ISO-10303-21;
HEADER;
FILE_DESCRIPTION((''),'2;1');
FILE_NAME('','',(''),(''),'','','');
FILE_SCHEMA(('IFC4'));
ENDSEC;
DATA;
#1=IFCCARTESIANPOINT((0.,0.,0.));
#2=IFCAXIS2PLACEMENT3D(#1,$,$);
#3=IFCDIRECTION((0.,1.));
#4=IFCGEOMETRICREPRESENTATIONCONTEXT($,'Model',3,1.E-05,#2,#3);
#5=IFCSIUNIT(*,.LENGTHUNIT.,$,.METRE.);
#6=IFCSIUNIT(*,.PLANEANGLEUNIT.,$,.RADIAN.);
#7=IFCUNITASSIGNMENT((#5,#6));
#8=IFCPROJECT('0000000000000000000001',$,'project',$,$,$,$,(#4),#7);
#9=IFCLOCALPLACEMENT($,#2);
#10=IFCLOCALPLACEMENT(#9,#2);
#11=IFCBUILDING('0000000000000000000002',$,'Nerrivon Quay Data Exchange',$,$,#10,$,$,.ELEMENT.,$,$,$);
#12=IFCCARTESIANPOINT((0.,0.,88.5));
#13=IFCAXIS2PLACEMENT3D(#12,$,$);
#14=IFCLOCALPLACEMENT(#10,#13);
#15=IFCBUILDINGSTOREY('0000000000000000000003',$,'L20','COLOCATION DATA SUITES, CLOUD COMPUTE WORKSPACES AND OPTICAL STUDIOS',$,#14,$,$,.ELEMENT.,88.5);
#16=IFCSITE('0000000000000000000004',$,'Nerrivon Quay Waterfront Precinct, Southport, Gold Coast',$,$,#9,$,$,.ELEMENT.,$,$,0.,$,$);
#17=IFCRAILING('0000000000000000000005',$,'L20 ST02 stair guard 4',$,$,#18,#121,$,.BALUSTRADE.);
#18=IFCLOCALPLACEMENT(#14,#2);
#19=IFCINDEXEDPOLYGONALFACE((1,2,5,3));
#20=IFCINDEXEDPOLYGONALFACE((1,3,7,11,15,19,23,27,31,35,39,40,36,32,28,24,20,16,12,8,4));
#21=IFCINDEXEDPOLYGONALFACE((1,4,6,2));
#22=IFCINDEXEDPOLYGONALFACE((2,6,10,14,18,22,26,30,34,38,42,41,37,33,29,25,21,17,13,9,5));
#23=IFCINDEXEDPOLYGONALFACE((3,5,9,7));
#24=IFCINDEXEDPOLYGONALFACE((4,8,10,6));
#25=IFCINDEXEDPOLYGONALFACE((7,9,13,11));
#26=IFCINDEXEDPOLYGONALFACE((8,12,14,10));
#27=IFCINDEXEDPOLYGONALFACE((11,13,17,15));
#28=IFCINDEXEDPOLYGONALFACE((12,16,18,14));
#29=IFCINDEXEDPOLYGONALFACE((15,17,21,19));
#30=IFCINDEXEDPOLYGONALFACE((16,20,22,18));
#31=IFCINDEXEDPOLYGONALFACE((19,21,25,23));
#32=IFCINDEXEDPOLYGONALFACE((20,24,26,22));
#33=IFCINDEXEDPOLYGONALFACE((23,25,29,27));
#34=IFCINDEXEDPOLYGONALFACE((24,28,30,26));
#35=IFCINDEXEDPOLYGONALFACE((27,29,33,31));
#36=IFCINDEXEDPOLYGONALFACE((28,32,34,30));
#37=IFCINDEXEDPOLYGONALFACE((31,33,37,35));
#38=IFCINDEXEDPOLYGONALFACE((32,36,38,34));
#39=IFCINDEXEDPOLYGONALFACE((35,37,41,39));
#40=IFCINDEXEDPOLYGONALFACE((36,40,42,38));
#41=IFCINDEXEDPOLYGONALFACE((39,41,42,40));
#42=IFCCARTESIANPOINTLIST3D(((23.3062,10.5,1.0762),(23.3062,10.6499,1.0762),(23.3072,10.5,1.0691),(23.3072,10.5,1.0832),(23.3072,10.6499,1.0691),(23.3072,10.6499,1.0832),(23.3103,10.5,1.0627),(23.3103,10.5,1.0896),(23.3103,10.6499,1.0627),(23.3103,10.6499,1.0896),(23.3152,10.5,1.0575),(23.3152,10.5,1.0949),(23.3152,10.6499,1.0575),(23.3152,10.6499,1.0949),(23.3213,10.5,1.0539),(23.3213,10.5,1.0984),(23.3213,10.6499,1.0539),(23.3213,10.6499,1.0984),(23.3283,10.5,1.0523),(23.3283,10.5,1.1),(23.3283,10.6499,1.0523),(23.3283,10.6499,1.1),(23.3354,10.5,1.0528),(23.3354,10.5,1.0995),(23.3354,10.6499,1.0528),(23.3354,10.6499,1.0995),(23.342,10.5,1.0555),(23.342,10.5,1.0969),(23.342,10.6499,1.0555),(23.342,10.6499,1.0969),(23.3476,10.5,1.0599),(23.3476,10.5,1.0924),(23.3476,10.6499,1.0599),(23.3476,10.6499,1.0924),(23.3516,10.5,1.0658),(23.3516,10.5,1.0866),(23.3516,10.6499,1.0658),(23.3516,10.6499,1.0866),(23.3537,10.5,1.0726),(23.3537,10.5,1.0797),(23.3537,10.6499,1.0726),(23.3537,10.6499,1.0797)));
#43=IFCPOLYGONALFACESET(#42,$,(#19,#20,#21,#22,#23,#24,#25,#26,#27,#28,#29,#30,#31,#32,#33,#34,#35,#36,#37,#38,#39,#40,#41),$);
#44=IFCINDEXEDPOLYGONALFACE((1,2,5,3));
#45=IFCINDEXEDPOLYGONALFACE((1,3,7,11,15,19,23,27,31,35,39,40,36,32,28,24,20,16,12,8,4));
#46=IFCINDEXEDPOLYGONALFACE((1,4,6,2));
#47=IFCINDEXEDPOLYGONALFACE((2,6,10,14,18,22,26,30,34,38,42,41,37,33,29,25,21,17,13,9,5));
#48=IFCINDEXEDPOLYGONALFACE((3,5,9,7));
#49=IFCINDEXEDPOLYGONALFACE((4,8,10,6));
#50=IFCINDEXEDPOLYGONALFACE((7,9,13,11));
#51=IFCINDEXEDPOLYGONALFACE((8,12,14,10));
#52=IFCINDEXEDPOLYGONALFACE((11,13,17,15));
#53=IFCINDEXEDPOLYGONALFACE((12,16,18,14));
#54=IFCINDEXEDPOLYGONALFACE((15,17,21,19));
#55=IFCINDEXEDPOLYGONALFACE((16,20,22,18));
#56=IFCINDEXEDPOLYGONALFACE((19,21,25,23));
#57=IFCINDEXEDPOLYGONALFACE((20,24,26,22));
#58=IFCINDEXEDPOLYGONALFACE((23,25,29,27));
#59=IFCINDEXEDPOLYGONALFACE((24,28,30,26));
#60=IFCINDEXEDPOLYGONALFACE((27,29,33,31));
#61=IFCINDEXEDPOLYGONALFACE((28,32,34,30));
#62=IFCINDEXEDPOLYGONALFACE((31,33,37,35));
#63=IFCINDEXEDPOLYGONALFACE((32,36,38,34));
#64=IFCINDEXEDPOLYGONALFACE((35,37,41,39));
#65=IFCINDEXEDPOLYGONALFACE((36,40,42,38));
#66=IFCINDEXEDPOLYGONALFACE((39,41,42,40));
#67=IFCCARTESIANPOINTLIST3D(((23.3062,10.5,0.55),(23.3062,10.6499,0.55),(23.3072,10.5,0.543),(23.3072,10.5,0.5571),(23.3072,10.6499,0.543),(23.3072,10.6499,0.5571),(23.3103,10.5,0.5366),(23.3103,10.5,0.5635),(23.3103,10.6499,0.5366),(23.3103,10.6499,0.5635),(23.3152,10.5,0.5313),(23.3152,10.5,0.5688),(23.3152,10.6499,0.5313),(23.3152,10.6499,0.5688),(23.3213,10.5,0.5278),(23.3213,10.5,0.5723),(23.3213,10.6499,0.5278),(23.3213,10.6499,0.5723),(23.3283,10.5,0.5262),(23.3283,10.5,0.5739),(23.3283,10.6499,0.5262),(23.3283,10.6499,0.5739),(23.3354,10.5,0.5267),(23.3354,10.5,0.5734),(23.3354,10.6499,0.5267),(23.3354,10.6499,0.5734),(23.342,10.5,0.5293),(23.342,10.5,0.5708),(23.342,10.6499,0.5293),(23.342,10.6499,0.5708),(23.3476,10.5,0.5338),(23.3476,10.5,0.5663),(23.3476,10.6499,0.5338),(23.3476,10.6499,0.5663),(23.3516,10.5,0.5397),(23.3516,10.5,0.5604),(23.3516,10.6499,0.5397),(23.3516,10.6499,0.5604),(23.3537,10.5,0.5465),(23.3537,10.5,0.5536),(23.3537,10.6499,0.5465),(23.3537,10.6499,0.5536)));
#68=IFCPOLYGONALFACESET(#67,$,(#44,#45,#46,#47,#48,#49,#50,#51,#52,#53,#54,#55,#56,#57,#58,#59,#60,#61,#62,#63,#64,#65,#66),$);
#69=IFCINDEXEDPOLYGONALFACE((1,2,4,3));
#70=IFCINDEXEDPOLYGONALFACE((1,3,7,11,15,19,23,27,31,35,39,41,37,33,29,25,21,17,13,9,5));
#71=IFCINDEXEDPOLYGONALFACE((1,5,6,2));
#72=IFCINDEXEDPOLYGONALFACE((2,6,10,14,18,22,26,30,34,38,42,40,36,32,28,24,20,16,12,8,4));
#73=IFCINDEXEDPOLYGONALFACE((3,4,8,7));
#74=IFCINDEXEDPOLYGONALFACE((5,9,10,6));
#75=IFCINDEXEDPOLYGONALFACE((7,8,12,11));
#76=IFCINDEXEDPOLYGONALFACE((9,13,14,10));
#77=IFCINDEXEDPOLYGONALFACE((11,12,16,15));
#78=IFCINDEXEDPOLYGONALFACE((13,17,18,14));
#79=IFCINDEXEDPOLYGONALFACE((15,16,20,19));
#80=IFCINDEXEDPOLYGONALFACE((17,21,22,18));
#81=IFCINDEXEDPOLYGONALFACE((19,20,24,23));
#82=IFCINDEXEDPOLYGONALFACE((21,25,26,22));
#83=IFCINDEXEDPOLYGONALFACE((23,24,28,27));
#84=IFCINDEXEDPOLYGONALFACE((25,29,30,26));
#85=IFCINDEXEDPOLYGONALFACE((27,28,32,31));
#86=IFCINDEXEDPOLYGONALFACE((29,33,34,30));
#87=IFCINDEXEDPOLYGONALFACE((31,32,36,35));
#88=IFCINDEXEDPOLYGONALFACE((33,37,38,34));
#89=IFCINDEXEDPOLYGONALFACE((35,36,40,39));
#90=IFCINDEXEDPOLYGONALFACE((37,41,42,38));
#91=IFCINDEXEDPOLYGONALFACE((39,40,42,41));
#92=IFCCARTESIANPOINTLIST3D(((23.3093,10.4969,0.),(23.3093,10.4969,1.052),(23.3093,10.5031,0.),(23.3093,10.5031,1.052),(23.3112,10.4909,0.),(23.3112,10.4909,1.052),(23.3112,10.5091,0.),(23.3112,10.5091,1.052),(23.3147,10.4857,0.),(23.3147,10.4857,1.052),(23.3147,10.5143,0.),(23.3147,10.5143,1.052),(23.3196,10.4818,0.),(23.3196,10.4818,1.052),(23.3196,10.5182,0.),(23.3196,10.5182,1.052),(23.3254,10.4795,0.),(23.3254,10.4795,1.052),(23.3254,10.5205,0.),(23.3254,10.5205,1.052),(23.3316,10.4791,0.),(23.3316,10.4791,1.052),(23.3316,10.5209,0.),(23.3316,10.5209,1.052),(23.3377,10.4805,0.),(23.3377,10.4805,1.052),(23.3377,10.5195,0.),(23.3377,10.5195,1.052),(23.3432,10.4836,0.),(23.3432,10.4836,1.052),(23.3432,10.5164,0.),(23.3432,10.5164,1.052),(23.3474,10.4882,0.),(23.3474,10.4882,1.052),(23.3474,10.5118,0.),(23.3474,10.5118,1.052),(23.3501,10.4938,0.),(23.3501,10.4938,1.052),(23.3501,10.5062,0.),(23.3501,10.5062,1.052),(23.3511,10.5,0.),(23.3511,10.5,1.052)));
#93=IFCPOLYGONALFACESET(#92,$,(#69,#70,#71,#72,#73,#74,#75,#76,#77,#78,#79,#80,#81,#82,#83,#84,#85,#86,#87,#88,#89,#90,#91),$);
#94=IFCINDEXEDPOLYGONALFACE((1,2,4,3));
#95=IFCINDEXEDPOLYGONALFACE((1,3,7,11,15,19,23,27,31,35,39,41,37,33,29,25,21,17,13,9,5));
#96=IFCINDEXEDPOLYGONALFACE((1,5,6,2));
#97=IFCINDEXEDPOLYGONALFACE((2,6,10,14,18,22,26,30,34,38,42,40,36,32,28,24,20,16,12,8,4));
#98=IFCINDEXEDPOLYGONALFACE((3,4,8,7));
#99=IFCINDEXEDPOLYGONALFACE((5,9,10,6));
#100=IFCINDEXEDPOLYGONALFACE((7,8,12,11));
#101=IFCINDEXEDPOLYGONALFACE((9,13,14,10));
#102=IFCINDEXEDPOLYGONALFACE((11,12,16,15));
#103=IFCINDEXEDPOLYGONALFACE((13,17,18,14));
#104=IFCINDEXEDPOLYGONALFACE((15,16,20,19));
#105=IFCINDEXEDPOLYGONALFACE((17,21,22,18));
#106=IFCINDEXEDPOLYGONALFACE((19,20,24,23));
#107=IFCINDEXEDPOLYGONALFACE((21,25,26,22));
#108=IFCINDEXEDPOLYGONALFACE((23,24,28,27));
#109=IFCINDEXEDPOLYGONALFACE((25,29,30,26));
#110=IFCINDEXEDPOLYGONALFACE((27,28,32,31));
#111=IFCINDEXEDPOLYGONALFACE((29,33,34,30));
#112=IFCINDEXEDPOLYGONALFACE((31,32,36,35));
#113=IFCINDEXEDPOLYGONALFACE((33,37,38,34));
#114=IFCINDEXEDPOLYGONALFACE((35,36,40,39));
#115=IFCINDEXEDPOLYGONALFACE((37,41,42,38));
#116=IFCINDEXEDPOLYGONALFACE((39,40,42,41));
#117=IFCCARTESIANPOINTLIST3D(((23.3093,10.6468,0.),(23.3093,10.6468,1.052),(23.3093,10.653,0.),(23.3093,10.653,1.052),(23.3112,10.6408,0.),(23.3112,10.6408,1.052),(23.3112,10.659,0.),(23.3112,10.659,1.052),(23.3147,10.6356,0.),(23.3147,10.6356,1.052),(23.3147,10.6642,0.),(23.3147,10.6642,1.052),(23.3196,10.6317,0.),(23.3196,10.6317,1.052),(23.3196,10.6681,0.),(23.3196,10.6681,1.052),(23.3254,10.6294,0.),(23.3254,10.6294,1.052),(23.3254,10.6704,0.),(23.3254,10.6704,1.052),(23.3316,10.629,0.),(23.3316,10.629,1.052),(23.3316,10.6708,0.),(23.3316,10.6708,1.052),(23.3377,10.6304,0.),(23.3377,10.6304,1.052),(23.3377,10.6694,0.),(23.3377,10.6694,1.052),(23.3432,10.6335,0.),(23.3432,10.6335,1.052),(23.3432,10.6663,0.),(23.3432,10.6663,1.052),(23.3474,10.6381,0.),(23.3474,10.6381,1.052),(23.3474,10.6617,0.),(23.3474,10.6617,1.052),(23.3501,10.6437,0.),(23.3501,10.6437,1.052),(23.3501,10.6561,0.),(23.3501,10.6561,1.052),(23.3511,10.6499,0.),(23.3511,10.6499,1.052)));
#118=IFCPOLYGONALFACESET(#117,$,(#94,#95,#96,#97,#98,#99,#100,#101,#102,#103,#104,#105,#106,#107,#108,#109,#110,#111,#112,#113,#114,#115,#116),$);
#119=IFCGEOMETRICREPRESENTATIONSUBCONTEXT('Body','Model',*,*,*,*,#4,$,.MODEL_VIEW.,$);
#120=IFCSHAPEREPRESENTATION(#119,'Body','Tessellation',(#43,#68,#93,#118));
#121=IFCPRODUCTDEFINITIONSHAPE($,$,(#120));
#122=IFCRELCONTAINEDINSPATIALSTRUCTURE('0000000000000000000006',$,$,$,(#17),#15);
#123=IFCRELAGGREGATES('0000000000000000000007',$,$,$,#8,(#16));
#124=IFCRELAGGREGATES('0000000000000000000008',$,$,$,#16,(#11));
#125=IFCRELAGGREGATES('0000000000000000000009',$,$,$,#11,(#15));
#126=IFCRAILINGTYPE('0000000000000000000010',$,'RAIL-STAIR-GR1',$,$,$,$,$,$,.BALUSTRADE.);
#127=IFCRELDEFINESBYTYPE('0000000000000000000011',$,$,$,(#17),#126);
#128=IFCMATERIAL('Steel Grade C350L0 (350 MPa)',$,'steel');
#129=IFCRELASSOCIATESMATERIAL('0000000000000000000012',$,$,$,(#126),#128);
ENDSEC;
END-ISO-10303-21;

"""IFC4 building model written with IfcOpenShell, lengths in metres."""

from ifc_helpers import new_model, si_unit, direction, frame, origin, origin_2d, place, context, subcontext, project, spatial, circle, extrude, material, type_object, element, save


model = new_model("IFC4")

# Units and contexts
model_context = context("Model", 3, precision=1e-05, world=origin(), true_north=direction((0.0, 1.0)))
body_context = subcontext(model_context, "Body", "Model", "MODEL_VIEW")
ifc_project = project(units=[si_unit("LENGTHUNIT", "METRE"), si_unit("PLANEANGLEUNIT", "RADIAN")], contexts=[model_context])

# Site, building, storey
site_placement = place(None, origin())
site = spatial("IfcSite", under=ifc_project, at=site_placement, Name="Nerrivon Quay Waterfront Precinct, Southport, Gold Coast", CompositionType="ELEMENT", RefElevation=0.0)
building_placement = place(site_placement, origin())
building = spatial("IfcBuilding", under=site, at=building_placement, Name="Nerrivon Quay Data Exchange", CompositionType="ELEMENT")
storey_placement = place(building_placement, frame((0.0, 0.0, 88.5)))
storey = spatial("IfcBuildingStorey", under=building, at=storey_placement, Name="L20", Description="COLOCATION DATA SUITES, CLOUD COMPUTE WORKSPACES AND OPTICAL STUDIOS", CompositionType="ELEMENT", Elevation=88.5)

# Railing
ifc_material_1 = material(Name="Steel Grade C350L0 (350 MPa)", Category="steel")
railing_type_1 = type_object("IfcRailingType", Name="RAIL-STAIR-GR1", PredefinedType="BALUSTRADE", material=ifc_material_1)
railing_1_placement = place(storey_placement, frame((23.3301, 10.5, 0.0)))
element("IfcRailing", 1, at=railing_1_placement, inside=storey, type_object=railing_type_1, Name="L20 ST02 stair guard 4", PredefinedType="BALUSTRADE", context=body_context, shape_type="SweptSolid", body=[
    extrude(circle(Radius=0.0239, at=origin_2d()), frame((0.0, 0.0, 1.0762), z_axis=(0.0, 1.0, 0.0), x_axis=(-1.0, 0.0, 0.0)), (0.0, 0.0, 1.0), 0.1499),
    extrude(circle(Radius=0.0239, at=origin_2d()), frame((0.0, 0.0, 0.55), z_axis=(0.0, 1.0, 0.0), x_axis=(-1.0, 0.0, 0.0)), (0.0, 0.0, 1.0), 0.1499),
    extrude(circle(Radius=0.021, at=origin_2d()), origin(), (0.0, 0.0, 1.0), 1.052),
    extrude(circle(Radius=0.021, at=origin_2d()), frame((0.0, 0.1499, 0.0)), (0.0, 0.0, 1.0), 1.052),
])

save(model, "model.ifc")
